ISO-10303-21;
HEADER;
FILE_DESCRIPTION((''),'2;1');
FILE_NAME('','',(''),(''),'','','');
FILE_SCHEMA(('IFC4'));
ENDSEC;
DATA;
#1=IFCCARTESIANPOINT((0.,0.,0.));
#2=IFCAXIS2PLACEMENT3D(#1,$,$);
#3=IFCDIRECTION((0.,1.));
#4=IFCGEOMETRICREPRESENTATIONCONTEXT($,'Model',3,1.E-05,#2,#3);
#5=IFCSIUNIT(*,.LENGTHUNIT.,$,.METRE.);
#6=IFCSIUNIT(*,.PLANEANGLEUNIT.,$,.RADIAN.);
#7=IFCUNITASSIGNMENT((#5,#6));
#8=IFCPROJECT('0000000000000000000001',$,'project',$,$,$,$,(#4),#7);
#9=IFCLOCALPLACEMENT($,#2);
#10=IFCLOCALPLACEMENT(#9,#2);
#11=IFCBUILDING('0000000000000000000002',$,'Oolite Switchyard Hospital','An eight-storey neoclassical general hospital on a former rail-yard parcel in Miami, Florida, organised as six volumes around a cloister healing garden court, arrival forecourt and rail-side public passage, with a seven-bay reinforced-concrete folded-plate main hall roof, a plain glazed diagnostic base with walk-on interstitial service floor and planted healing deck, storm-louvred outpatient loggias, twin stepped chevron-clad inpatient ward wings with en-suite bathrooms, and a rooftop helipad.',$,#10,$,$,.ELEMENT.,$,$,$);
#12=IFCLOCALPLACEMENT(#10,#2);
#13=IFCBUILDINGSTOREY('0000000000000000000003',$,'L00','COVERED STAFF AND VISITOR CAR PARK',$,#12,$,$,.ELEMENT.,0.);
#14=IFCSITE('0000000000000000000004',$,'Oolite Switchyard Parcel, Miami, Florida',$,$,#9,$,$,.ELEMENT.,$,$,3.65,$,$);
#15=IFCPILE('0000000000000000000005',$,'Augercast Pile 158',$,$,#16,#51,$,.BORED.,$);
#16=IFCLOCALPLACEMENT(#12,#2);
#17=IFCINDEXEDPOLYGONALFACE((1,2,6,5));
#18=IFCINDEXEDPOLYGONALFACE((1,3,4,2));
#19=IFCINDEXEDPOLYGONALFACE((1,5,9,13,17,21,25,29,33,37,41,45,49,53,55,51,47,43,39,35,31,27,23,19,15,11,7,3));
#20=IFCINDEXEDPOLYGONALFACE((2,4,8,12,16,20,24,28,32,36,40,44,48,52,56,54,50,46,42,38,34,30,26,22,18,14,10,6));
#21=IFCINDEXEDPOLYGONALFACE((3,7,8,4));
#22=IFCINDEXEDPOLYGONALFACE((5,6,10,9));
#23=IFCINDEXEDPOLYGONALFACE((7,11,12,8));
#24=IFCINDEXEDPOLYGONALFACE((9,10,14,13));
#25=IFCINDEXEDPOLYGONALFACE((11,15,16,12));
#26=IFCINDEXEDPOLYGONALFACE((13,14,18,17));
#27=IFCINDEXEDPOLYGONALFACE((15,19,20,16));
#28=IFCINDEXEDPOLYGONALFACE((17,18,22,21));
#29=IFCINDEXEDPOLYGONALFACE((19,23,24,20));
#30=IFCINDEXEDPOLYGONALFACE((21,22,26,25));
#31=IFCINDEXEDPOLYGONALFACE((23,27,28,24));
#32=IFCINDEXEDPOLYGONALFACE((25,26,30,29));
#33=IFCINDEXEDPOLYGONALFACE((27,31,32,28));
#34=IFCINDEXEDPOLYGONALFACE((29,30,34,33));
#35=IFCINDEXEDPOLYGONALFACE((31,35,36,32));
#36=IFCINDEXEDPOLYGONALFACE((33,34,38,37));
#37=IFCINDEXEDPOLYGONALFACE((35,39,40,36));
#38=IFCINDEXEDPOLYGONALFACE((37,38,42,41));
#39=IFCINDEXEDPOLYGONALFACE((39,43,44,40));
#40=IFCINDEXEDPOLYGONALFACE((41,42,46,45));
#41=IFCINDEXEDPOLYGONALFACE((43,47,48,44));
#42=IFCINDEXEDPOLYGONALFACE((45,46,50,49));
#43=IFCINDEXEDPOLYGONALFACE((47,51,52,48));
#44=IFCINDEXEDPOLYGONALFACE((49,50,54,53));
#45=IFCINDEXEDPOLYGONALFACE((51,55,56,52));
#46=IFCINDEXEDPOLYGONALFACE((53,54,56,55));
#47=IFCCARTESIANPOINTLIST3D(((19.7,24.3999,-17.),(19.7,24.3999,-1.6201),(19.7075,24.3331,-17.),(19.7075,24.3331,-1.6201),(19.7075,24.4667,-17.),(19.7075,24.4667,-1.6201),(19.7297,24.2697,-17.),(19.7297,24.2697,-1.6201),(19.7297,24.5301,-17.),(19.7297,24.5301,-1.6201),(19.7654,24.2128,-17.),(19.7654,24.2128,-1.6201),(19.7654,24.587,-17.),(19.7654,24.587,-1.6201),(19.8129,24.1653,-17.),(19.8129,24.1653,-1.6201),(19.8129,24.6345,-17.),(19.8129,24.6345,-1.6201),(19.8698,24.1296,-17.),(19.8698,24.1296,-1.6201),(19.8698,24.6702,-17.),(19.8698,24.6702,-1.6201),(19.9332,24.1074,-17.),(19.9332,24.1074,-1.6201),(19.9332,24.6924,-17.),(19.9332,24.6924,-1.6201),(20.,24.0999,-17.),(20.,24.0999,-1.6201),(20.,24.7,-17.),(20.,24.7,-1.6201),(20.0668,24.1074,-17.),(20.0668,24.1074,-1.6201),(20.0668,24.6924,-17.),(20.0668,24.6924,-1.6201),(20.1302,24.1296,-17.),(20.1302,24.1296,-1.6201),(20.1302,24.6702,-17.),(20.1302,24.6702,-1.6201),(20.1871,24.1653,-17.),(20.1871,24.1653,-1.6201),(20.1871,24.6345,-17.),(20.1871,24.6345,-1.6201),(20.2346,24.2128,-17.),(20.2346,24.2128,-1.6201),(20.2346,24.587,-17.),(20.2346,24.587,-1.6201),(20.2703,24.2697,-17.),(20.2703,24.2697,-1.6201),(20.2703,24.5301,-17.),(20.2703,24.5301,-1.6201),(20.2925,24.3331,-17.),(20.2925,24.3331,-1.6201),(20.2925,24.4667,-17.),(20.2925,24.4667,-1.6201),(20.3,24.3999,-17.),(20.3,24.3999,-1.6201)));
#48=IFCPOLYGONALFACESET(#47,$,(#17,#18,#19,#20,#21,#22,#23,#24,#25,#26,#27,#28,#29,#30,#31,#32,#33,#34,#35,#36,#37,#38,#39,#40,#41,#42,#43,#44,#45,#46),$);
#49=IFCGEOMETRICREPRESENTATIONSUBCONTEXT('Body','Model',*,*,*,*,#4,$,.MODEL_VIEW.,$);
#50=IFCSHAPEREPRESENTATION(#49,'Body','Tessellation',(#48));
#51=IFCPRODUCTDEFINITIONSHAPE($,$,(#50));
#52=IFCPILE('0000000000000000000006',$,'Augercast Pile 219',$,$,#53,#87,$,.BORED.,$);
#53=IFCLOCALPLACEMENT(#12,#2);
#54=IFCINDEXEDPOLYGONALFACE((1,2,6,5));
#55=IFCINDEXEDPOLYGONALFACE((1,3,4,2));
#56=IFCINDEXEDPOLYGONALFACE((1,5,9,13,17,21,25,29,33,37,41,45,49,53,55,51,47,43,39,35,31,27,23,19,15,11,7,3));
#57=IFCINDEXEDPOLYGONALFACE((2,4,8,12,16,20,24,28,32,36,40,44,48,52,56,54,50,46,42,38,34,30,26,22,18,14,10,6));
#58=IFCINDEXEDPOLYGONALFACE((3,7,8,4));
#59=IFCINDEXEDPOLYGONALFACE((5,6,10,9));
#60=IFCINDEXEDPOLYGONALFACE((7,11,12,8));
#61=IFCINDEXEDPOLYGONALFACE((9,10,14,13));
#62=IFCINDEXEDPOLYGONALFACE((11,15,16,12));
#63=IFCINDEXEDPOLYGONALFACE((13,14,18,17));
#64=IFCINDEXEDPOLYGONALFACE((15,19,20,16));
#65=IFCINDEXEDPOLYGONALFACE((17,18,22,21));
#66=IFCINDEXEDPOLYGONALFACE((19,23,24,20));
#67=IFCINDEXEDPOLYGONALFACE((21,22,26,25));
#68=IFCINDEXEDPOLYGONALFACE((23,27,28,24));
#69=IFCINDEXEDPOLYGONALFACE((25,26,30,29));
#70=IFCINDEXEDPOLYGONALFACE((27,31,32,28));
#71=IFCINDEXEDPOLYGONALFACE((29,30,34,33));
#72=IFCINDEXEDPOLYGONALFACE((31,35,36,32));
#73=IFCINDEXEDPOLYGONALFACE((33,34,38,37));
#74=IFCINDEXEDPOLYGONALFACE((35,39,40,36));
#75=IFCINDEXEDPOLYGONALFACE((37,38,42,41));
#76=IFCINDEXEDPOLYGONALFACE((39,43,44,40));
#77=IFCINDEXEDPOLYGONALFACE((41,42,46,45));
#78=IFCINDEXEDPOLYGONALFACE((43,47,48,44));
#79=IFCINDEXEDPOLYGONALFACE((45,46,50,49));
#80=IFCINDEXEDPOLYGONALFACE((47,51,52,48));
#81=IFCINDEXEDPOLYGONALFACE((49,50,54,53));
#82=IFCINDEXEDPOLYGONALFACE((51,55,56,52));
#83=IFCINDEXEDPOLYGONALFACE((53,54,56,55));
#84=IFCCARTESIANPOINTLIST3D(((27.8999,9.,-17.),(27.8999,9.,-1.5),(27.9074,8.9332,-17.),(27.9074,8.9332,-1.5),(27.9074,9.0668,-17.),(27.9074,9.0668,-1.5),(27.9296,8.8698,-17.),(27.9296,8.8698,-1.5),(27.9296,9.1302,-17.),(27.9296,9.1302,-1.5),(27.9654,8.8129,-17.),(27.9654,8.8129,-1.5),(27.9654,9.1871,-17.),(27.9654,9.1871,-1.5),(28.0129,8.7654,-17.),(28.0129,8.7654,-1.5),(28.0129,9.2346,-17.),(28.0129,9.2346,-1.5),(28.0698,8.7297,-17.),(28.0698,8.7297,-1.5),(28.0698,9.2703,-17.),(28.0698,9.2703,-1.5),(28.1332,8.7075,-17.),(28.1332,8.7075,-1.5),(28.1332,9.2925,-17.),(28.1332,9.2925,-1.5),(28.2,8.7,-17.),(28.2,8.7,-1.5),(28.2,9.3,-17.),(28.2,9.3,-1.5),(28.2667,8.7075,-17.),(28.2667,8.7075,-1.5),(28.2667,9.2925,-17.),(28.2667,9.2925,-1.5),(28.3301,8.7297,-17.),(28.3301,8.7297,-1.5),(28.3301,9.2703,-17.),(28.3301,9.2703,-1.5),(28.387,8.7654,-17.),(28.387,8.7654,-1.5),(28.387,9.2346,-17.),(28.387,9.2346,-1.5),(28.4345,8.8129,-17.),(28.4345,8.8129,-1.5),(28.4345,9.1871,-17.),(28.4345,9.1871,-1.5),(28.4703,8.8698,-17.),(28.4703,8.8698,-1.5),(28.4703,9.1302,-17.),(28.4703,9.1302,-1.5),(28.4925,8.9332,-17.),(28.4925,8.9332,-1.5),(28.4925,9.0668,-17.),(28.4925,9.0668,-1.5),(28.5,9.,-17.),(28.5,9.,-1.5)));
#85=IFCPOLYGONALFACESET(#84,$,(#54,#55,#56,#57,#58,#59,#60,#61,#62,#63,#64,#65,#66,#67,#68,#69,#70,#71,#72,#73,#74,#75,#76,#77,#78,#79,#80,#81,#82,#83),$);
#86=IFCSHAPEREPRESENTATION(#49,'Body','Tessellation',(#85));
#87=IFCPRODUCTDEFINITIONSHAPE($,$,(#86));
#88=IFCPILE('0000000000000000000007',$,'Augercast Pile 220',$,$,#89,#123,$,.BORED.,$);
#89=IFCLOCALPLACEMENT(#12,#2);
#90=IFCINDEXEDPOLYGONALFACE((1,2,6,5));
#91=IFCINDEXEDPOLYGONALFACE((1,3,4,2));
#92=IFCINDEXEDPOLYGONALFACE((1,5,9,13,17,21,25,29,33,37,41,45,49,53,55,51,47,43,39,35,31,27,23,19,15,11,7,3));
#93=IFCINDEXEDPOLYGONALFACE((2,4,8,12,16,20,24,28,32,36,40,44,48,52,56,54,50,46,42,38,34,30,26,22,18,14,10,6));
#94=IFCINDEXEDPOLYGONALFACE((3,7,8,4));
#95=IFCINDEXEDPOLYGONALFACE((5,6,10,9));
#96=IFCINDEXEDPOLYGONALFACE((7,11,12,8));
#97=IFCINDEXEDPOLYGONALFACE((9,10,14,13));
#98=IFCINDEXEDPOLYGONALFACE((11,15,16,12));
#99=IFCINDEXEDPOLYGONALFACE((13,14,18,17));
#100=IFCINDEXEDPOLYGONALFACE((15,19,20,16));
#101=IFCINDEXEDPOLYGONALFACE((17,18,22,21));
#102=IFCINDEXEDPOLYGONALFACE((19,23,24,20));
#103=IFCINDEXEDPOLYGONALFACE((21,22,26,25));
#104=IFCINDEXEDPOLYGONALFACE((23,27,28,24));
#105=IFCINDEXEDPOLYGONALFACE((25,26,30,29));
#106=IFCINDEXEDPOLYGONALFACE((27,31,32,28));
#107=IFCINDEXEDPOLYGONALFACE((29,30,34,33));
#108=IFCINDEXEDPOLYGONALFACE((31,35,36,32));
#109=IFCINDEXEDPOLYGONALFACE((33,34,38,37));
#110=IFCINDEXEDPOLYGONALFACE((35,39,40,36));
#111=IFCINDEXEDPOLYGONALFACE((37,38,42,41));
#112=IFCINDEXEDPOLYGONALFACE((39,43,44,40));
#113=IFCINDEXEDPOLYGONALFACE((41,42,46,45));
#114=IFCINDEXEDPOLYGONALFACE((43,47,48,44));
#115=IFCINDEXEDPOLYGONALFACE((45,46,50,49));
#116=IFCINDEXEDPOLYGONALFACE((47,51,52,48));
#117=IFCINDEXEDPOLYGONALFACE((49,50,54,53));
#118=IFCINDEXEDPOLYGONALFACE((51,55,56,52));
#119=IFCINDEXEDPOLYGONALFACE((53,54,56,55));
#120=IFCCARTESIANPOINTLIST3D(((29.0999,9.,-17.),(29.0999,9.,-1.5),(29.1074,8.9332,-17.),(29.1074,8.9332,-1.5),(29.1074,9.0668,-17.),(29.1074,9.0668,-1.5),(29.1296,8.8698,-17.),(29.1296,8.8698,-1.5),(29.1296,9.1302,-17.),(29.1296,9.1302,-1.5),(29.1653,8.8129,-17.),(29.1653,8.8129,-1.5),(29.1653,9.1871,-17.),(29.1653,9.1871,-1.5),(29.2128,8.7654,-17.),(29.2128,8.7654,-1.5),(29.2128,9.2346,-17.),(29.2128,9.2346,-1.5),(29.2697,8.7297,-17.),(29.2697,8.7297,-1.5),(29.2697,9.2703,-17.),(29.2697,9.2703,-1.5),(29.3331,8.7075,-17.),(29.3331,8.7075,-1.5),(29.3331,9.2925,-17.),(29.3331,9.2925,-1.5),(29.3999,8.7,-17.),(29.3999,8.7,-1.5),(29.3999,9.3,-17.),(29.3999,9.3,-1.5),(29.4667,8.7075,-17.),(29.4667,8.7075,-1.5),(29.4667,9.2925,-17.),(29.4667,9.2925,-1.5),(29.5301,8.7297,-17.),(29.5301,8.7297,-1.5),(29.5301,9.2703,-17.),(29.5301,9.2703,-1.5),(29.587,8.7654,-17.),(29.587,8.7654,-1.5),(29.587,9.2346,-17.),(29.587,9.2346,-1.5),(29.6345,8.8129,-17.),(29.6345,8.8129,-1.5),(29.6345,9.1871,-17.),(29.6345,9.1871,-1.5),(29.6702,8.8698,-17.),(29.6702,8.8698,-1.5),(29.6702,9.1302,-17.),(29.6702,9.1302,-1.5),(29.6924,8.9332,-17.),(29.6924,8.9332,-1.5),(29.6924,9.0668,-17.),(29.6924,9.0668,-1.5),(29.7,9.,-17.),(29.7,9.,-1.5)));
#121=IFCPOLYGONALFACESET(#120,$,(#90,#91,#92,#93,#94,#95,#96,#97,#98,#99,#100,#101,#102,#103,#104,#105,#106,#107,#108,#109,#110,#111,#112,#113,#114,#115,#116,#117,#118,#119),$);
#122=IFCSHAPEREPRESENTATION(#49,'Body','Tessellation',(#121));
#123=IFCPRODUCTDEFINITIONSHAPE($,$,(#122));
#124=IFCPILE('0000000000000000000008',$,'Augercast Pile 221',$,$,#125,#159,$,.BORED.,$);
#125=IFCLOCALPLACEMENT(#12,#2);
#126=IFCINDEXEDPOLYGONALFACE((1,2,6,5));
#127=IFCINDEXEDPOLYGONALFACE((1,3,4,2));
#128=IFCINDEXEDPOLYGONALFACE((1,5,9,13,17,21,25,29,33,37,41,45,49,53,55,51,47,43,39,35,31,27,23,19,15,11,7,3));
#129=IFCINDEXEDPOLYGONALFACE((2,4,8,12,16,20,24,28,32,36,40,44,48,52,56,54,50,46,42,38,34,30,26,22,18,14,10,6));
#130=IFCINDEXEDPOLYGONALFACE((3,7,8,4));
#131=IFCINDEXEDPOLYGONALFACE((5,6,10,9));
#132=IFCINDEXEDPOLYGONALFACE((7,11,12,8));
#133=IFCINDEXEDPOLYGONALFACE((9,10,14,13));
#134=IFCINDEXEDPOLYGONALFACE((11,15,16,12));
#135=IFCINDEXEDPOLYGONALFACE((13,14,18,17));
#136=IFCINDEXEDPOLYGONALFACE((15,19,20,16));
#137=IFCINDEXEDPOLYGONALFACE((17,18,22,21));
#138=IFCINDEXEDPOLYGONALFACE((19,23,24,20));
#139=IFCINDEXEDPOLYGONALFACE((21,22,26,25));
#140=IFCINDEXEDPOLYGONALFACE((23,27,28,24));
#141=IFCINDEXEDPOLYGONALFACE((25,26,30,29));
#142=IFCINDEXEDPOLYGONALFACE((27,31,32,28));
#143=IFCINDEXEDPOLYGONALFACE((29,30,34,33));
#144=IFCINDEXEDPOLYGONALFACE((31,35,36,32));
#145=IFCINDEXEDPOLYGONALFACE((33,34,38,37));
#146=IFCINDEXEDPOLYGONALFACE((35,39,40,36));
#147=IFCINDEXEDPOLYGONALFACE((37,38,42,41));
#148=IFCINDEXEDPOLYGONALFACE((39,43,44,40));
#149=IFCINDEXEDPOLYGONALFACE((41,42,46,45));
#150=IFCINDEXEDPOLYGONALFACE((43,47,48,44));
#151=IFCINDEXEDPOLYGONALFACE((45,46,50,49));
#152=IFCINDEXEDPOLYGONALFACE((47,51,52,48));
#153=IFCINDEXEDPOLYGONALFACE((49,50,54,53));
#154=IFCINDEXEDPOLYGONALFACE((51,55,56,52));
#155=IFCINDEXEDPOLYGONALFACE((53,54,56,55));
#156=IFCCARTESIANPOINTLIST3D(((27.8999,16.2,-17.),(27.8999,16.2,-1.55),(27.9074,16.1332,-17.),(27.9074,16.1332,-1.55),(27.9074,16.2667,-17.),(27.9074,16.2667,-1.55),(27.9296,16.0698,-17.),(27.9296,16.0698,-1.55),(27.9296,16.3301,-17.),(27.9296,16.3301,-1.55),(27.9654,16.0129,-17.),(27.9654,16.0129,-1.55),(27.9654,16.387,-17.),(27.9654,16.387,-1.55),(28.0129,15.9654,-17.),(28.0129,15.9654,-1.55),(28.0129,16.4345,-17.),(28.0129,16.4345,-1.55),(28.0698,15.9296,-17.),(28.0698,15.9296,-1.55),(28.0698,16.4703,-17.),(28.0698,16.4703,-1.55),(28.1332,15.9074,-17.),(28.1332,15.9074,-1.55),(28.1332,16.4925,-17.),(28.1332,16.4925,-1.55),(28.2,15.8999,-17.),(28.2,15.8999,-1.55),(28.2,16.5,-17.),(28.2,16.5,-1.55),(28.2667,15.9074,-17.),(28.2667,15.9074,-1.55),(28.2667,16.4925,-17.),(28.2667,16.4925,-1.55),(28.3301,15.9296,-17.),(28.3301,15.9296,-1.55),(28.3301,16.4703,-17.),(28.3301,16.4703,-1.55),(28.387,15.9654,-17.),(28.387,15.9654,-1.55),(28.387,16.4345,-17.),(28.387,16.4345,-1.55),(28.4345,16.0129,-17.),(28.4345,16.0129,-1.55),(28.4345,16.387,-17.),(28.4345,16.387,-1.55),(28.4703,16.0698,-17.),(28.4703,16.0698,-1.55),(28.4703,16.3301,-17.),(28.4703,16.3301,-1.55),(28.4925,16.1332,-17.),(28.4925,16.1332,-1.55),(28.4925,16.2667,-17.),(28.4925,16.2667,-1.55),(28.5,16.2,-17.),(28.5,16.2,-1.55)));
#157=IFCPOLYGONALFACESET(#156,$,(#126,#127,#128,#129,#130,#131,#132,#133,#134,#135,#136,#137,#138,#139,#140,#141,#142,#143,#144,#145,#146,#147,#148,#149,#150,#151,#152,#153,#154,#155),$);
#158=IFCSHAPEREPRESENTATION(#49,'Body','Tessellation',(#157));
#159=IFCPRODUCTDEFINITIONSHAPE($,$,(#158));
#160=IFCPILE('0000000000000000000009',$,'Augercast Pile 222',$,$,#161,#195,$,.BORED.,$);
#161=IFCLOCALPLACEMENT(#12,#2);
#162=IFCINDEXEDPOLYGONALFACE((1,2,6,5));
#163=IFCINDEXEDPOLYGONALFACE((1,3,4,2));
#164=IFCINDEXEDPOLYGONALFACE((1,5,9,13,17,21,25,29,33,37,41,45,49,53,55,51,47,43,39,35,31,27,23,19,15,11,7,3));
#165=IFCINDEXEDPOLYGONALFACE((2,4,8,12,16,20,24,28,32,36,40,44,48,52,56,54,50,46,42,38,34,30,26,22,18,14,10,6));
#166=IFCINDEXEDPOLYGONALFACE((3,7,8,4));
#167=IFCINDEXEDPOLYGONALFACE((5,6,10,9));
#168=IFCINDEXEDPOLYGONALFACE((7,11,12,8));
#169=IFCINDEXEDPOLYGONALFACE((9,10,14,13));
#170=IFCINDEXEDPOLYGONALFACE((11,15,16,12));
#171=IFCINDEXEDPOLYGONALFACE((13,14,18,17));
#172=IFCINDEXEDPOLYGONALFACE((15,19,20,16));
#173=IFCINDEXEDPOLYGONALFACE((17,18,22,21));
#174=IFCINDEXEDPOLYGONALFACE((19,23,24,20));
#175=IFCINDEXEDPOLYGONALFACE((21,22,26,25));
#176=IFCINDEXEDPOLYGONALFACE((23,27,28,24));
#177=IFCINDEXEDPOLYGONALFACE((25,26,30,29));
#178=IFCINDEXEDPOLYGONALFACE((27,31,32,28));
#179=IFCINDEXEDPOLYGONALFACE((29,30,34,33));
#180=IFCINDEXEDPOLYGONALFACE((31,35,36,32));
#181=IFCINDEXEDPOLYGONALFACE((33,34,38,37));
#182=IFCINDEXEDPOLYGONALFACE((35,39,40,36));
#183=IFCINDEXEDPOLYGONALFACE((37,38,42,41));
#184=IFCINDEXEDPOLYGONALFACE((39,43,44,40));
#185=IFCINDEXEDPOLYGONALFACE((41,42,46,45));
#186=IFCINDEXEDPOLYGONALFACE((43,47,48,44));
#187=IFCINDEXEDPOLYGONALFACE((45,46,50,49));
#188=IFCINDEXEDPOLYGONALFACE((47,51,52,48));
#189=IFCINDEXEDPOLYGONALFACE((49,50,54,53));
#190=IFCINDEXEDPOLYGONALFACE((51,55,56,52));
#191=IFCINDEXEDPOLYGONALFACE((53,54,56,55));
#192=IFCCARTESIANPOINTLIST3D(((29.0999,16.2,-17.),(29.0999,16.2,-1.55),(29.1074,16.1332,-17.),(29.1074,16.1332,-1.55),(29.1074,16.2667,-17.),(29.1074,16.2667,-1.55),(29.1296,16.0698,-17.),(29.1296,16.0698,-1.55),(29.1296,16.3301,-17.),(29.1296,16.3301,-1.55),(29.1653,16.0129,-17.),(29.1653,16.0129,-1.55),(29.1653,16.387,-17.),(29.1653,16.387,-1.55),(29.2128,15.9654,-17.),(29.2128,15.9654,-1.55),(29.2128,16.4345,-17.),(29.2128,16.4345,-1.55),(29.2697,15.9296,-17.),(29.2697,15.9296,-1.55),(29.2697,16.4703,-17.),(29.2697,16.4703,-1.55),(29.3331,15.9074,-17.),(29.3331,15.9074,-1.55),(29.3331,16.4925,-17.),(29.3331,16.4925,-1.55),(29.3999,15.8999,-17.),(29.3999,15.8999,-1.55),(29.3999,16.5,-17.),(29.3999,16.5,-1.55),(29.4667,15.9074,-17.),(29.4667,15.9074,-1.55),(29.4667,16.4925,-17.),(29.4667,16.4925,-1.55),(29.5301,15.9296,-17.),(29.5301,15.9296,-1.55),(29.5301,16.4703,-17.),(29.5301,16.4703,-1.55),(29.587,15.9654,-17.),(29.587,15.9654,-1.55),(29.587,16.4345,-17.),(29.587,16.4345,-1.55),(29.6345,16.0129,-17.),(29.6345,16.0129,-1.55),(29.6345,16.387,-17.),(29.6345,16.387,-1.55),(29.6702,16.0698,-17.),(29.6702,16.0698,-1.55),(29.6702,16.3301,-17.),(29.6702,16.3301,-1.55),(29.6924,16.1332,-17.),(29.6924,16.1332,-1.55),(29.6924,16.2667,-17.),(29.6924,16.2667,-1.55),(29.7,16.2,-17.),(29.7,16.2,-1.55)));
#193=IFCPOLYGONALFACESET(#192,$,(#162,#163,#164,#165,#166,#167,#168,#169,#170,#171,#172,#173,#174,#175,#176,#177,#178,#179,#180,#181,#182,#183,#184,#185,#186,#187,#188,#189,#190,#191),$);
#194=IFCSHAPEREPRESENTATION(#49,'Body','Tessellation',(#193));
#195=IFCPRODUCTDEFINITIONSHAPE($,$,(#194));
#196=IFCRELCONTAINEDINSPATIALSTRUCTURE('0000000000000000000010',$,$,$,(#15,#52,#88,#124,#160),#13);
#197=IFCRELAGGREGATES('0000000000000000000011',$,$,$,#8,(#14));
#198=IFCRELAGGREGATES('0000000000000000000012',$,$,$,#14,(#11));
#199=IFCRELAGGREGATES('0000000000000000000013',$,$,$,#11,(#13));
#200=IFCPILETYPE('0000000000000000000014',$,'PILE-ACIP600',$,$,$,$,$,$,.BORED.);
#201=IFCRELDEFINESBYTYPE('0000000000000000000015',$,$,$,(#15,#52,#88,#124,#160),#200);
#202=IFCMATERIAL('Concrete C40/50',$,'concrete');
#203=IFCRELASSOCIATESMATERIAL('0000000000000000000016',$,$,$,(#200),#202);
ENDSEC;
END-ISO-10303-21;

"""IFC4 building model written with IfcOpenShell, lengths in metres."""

from ifc_helpers import new_model, si_unit, direction, frame, origin, origin_2d, place, context, subcontext, project, spatial, circle, extrude, material, material_profile, profile_set, type_object, element, save


model = new_model("IFC4")

# Units and contexts
model_context = context("Model", 3, precision=1e-05, world=origin(), true_north=direction((0.0, 1.0)))
body_context = subcontext(model_context, "Body", "Model", "MODEL_VIEW")
ifc_project = project(units=[si_unit("LENGTHUNIT", "METRE"), si_unit("PLANEANGLEUNIT", "RADIAN")], contexts=[model_context])

# Site, building, storey
site_placement = place(None, origin())
site = spatial("IfcSite", under=ifc_project, at=site_placement, Name="Oolite Switchyard Parcel, Miami, Florida", CompositionType="ELEMENT", RefElevation=3.65)
building_placement = place(site_placement, origin())
building = spatial("IfcBuilding", under=site, at=building_placement, Name="Oolite Switchyard Hospital", Description="An eight-storey neoclassical general hospital on a former rail-yard parcel in Miami, Florida, organised as six volumes around a cloister healing garden court, arrival forecourt and rail-side public passage, with a seven-bay reinforced-concrete folded-plate main hall roof, a plain glazed diagnostic base with walk-on interstitial service floor and planted healing deck, storm-louvred outpatient loggias, twin stepped chevron-clad inpatient ward wings with en-suite bathrooms, and a rooftop helipad.", CompositionType="ELEMENT")
storey_placement = place(building_placement, origin())
storey = spatial("IfcBuildingStorey", under=building, at=storey_placement, Name="L00", Description="COVERED STAFF AND VISITOR CAR PARK", CompositionType="ELEMENT", Elevation=0.0)

# Shared definitions
ifc_material_1 = material(Name="Concrete C40/50", Category="concrete")

# Piles
ifc_material_profile_1 = material_profile(ifc_material_1, circle(Radius=0.3, at=origin_2d()), Name="PILE600")
ifc_profile_set_1 = profile_set([ifc_material_profile_1], Name="Concrete C40/50")
pile_type = type_object("IfcPileType", Name="PILE-ACIP600", PredefinedType="BORED", material=ifc_profile_set_1)
pile_1_placement = place(storey_placement, frame((20.0, 24.3999, -1.6201), z_axis=(0.0, 0.0, -1.0), x_axis=(1.0, 0.0, 0.0)))
element("IfcPile", 1, at=pile_1_placement, inside=storey, type_object=pile_type, Name="Augercast Pile 158", PredefinedType="BORED", context=body_context, shape_type="SweptSolid", body=[
    extrude(circle(Radius=0.3, at=origin_2d()), origin(), (0.0, 0.0, 1.0), 15.3799),
])
for number, where, z_axis, x_axis, name in (
    (2, (28.2, 9.0, -1.5), (0.0, 0.0, -1.0), (1.0, 0.0, 0.0), "Augercast Pile 219"),
    (3, (29.3999, 9.0, -1.5), (0.0, 0.0, -1.0), (1.0, 0.0, 0.0), "Augercast Pile 220"),
):
    element("IfcPile", number, at=place(storey_placement, frame(where, z_axis=z_axis, x_axis=x_axis)), inside=storey, type_object=pile_type, Name=name, PredefinedType="BORED", context=body_context, shape_type="SweptSolid", body=[
        extrude(circle(Radius=0.3, at=origin_2d()), origin(), (0.0, 0.0, 1.0), 15.5),
    ])
for number, where, z_axis, x_axis, name in (
    (4, (28.2, 16.2, -1.55), (0.0, 0.0, -1.0), (1.0, 0.0, 0.0), "Augercast Pile 221"),
    (5, (29.3999, 16.2, -1.55), (0.0, 0.0, -1.0), (1.0, 0.0, 0.0), "Augercast Pile 222"),
):
    element("IfcPile", number, at=place(storey_placement, frame(where, z_axis=z_axis, x_axis=x_axis)), inside=storey, type_object=pile_type, Name=name, PredefinedType="BORED", context=body_context, shape_type="SweptSolid", body=[
        extrude(circle(Radius=0.3, at=origin_2d()), origin(), (0.0, 0.0, 1.0), 15.45),
    ])

save(model, "model.ifc")
